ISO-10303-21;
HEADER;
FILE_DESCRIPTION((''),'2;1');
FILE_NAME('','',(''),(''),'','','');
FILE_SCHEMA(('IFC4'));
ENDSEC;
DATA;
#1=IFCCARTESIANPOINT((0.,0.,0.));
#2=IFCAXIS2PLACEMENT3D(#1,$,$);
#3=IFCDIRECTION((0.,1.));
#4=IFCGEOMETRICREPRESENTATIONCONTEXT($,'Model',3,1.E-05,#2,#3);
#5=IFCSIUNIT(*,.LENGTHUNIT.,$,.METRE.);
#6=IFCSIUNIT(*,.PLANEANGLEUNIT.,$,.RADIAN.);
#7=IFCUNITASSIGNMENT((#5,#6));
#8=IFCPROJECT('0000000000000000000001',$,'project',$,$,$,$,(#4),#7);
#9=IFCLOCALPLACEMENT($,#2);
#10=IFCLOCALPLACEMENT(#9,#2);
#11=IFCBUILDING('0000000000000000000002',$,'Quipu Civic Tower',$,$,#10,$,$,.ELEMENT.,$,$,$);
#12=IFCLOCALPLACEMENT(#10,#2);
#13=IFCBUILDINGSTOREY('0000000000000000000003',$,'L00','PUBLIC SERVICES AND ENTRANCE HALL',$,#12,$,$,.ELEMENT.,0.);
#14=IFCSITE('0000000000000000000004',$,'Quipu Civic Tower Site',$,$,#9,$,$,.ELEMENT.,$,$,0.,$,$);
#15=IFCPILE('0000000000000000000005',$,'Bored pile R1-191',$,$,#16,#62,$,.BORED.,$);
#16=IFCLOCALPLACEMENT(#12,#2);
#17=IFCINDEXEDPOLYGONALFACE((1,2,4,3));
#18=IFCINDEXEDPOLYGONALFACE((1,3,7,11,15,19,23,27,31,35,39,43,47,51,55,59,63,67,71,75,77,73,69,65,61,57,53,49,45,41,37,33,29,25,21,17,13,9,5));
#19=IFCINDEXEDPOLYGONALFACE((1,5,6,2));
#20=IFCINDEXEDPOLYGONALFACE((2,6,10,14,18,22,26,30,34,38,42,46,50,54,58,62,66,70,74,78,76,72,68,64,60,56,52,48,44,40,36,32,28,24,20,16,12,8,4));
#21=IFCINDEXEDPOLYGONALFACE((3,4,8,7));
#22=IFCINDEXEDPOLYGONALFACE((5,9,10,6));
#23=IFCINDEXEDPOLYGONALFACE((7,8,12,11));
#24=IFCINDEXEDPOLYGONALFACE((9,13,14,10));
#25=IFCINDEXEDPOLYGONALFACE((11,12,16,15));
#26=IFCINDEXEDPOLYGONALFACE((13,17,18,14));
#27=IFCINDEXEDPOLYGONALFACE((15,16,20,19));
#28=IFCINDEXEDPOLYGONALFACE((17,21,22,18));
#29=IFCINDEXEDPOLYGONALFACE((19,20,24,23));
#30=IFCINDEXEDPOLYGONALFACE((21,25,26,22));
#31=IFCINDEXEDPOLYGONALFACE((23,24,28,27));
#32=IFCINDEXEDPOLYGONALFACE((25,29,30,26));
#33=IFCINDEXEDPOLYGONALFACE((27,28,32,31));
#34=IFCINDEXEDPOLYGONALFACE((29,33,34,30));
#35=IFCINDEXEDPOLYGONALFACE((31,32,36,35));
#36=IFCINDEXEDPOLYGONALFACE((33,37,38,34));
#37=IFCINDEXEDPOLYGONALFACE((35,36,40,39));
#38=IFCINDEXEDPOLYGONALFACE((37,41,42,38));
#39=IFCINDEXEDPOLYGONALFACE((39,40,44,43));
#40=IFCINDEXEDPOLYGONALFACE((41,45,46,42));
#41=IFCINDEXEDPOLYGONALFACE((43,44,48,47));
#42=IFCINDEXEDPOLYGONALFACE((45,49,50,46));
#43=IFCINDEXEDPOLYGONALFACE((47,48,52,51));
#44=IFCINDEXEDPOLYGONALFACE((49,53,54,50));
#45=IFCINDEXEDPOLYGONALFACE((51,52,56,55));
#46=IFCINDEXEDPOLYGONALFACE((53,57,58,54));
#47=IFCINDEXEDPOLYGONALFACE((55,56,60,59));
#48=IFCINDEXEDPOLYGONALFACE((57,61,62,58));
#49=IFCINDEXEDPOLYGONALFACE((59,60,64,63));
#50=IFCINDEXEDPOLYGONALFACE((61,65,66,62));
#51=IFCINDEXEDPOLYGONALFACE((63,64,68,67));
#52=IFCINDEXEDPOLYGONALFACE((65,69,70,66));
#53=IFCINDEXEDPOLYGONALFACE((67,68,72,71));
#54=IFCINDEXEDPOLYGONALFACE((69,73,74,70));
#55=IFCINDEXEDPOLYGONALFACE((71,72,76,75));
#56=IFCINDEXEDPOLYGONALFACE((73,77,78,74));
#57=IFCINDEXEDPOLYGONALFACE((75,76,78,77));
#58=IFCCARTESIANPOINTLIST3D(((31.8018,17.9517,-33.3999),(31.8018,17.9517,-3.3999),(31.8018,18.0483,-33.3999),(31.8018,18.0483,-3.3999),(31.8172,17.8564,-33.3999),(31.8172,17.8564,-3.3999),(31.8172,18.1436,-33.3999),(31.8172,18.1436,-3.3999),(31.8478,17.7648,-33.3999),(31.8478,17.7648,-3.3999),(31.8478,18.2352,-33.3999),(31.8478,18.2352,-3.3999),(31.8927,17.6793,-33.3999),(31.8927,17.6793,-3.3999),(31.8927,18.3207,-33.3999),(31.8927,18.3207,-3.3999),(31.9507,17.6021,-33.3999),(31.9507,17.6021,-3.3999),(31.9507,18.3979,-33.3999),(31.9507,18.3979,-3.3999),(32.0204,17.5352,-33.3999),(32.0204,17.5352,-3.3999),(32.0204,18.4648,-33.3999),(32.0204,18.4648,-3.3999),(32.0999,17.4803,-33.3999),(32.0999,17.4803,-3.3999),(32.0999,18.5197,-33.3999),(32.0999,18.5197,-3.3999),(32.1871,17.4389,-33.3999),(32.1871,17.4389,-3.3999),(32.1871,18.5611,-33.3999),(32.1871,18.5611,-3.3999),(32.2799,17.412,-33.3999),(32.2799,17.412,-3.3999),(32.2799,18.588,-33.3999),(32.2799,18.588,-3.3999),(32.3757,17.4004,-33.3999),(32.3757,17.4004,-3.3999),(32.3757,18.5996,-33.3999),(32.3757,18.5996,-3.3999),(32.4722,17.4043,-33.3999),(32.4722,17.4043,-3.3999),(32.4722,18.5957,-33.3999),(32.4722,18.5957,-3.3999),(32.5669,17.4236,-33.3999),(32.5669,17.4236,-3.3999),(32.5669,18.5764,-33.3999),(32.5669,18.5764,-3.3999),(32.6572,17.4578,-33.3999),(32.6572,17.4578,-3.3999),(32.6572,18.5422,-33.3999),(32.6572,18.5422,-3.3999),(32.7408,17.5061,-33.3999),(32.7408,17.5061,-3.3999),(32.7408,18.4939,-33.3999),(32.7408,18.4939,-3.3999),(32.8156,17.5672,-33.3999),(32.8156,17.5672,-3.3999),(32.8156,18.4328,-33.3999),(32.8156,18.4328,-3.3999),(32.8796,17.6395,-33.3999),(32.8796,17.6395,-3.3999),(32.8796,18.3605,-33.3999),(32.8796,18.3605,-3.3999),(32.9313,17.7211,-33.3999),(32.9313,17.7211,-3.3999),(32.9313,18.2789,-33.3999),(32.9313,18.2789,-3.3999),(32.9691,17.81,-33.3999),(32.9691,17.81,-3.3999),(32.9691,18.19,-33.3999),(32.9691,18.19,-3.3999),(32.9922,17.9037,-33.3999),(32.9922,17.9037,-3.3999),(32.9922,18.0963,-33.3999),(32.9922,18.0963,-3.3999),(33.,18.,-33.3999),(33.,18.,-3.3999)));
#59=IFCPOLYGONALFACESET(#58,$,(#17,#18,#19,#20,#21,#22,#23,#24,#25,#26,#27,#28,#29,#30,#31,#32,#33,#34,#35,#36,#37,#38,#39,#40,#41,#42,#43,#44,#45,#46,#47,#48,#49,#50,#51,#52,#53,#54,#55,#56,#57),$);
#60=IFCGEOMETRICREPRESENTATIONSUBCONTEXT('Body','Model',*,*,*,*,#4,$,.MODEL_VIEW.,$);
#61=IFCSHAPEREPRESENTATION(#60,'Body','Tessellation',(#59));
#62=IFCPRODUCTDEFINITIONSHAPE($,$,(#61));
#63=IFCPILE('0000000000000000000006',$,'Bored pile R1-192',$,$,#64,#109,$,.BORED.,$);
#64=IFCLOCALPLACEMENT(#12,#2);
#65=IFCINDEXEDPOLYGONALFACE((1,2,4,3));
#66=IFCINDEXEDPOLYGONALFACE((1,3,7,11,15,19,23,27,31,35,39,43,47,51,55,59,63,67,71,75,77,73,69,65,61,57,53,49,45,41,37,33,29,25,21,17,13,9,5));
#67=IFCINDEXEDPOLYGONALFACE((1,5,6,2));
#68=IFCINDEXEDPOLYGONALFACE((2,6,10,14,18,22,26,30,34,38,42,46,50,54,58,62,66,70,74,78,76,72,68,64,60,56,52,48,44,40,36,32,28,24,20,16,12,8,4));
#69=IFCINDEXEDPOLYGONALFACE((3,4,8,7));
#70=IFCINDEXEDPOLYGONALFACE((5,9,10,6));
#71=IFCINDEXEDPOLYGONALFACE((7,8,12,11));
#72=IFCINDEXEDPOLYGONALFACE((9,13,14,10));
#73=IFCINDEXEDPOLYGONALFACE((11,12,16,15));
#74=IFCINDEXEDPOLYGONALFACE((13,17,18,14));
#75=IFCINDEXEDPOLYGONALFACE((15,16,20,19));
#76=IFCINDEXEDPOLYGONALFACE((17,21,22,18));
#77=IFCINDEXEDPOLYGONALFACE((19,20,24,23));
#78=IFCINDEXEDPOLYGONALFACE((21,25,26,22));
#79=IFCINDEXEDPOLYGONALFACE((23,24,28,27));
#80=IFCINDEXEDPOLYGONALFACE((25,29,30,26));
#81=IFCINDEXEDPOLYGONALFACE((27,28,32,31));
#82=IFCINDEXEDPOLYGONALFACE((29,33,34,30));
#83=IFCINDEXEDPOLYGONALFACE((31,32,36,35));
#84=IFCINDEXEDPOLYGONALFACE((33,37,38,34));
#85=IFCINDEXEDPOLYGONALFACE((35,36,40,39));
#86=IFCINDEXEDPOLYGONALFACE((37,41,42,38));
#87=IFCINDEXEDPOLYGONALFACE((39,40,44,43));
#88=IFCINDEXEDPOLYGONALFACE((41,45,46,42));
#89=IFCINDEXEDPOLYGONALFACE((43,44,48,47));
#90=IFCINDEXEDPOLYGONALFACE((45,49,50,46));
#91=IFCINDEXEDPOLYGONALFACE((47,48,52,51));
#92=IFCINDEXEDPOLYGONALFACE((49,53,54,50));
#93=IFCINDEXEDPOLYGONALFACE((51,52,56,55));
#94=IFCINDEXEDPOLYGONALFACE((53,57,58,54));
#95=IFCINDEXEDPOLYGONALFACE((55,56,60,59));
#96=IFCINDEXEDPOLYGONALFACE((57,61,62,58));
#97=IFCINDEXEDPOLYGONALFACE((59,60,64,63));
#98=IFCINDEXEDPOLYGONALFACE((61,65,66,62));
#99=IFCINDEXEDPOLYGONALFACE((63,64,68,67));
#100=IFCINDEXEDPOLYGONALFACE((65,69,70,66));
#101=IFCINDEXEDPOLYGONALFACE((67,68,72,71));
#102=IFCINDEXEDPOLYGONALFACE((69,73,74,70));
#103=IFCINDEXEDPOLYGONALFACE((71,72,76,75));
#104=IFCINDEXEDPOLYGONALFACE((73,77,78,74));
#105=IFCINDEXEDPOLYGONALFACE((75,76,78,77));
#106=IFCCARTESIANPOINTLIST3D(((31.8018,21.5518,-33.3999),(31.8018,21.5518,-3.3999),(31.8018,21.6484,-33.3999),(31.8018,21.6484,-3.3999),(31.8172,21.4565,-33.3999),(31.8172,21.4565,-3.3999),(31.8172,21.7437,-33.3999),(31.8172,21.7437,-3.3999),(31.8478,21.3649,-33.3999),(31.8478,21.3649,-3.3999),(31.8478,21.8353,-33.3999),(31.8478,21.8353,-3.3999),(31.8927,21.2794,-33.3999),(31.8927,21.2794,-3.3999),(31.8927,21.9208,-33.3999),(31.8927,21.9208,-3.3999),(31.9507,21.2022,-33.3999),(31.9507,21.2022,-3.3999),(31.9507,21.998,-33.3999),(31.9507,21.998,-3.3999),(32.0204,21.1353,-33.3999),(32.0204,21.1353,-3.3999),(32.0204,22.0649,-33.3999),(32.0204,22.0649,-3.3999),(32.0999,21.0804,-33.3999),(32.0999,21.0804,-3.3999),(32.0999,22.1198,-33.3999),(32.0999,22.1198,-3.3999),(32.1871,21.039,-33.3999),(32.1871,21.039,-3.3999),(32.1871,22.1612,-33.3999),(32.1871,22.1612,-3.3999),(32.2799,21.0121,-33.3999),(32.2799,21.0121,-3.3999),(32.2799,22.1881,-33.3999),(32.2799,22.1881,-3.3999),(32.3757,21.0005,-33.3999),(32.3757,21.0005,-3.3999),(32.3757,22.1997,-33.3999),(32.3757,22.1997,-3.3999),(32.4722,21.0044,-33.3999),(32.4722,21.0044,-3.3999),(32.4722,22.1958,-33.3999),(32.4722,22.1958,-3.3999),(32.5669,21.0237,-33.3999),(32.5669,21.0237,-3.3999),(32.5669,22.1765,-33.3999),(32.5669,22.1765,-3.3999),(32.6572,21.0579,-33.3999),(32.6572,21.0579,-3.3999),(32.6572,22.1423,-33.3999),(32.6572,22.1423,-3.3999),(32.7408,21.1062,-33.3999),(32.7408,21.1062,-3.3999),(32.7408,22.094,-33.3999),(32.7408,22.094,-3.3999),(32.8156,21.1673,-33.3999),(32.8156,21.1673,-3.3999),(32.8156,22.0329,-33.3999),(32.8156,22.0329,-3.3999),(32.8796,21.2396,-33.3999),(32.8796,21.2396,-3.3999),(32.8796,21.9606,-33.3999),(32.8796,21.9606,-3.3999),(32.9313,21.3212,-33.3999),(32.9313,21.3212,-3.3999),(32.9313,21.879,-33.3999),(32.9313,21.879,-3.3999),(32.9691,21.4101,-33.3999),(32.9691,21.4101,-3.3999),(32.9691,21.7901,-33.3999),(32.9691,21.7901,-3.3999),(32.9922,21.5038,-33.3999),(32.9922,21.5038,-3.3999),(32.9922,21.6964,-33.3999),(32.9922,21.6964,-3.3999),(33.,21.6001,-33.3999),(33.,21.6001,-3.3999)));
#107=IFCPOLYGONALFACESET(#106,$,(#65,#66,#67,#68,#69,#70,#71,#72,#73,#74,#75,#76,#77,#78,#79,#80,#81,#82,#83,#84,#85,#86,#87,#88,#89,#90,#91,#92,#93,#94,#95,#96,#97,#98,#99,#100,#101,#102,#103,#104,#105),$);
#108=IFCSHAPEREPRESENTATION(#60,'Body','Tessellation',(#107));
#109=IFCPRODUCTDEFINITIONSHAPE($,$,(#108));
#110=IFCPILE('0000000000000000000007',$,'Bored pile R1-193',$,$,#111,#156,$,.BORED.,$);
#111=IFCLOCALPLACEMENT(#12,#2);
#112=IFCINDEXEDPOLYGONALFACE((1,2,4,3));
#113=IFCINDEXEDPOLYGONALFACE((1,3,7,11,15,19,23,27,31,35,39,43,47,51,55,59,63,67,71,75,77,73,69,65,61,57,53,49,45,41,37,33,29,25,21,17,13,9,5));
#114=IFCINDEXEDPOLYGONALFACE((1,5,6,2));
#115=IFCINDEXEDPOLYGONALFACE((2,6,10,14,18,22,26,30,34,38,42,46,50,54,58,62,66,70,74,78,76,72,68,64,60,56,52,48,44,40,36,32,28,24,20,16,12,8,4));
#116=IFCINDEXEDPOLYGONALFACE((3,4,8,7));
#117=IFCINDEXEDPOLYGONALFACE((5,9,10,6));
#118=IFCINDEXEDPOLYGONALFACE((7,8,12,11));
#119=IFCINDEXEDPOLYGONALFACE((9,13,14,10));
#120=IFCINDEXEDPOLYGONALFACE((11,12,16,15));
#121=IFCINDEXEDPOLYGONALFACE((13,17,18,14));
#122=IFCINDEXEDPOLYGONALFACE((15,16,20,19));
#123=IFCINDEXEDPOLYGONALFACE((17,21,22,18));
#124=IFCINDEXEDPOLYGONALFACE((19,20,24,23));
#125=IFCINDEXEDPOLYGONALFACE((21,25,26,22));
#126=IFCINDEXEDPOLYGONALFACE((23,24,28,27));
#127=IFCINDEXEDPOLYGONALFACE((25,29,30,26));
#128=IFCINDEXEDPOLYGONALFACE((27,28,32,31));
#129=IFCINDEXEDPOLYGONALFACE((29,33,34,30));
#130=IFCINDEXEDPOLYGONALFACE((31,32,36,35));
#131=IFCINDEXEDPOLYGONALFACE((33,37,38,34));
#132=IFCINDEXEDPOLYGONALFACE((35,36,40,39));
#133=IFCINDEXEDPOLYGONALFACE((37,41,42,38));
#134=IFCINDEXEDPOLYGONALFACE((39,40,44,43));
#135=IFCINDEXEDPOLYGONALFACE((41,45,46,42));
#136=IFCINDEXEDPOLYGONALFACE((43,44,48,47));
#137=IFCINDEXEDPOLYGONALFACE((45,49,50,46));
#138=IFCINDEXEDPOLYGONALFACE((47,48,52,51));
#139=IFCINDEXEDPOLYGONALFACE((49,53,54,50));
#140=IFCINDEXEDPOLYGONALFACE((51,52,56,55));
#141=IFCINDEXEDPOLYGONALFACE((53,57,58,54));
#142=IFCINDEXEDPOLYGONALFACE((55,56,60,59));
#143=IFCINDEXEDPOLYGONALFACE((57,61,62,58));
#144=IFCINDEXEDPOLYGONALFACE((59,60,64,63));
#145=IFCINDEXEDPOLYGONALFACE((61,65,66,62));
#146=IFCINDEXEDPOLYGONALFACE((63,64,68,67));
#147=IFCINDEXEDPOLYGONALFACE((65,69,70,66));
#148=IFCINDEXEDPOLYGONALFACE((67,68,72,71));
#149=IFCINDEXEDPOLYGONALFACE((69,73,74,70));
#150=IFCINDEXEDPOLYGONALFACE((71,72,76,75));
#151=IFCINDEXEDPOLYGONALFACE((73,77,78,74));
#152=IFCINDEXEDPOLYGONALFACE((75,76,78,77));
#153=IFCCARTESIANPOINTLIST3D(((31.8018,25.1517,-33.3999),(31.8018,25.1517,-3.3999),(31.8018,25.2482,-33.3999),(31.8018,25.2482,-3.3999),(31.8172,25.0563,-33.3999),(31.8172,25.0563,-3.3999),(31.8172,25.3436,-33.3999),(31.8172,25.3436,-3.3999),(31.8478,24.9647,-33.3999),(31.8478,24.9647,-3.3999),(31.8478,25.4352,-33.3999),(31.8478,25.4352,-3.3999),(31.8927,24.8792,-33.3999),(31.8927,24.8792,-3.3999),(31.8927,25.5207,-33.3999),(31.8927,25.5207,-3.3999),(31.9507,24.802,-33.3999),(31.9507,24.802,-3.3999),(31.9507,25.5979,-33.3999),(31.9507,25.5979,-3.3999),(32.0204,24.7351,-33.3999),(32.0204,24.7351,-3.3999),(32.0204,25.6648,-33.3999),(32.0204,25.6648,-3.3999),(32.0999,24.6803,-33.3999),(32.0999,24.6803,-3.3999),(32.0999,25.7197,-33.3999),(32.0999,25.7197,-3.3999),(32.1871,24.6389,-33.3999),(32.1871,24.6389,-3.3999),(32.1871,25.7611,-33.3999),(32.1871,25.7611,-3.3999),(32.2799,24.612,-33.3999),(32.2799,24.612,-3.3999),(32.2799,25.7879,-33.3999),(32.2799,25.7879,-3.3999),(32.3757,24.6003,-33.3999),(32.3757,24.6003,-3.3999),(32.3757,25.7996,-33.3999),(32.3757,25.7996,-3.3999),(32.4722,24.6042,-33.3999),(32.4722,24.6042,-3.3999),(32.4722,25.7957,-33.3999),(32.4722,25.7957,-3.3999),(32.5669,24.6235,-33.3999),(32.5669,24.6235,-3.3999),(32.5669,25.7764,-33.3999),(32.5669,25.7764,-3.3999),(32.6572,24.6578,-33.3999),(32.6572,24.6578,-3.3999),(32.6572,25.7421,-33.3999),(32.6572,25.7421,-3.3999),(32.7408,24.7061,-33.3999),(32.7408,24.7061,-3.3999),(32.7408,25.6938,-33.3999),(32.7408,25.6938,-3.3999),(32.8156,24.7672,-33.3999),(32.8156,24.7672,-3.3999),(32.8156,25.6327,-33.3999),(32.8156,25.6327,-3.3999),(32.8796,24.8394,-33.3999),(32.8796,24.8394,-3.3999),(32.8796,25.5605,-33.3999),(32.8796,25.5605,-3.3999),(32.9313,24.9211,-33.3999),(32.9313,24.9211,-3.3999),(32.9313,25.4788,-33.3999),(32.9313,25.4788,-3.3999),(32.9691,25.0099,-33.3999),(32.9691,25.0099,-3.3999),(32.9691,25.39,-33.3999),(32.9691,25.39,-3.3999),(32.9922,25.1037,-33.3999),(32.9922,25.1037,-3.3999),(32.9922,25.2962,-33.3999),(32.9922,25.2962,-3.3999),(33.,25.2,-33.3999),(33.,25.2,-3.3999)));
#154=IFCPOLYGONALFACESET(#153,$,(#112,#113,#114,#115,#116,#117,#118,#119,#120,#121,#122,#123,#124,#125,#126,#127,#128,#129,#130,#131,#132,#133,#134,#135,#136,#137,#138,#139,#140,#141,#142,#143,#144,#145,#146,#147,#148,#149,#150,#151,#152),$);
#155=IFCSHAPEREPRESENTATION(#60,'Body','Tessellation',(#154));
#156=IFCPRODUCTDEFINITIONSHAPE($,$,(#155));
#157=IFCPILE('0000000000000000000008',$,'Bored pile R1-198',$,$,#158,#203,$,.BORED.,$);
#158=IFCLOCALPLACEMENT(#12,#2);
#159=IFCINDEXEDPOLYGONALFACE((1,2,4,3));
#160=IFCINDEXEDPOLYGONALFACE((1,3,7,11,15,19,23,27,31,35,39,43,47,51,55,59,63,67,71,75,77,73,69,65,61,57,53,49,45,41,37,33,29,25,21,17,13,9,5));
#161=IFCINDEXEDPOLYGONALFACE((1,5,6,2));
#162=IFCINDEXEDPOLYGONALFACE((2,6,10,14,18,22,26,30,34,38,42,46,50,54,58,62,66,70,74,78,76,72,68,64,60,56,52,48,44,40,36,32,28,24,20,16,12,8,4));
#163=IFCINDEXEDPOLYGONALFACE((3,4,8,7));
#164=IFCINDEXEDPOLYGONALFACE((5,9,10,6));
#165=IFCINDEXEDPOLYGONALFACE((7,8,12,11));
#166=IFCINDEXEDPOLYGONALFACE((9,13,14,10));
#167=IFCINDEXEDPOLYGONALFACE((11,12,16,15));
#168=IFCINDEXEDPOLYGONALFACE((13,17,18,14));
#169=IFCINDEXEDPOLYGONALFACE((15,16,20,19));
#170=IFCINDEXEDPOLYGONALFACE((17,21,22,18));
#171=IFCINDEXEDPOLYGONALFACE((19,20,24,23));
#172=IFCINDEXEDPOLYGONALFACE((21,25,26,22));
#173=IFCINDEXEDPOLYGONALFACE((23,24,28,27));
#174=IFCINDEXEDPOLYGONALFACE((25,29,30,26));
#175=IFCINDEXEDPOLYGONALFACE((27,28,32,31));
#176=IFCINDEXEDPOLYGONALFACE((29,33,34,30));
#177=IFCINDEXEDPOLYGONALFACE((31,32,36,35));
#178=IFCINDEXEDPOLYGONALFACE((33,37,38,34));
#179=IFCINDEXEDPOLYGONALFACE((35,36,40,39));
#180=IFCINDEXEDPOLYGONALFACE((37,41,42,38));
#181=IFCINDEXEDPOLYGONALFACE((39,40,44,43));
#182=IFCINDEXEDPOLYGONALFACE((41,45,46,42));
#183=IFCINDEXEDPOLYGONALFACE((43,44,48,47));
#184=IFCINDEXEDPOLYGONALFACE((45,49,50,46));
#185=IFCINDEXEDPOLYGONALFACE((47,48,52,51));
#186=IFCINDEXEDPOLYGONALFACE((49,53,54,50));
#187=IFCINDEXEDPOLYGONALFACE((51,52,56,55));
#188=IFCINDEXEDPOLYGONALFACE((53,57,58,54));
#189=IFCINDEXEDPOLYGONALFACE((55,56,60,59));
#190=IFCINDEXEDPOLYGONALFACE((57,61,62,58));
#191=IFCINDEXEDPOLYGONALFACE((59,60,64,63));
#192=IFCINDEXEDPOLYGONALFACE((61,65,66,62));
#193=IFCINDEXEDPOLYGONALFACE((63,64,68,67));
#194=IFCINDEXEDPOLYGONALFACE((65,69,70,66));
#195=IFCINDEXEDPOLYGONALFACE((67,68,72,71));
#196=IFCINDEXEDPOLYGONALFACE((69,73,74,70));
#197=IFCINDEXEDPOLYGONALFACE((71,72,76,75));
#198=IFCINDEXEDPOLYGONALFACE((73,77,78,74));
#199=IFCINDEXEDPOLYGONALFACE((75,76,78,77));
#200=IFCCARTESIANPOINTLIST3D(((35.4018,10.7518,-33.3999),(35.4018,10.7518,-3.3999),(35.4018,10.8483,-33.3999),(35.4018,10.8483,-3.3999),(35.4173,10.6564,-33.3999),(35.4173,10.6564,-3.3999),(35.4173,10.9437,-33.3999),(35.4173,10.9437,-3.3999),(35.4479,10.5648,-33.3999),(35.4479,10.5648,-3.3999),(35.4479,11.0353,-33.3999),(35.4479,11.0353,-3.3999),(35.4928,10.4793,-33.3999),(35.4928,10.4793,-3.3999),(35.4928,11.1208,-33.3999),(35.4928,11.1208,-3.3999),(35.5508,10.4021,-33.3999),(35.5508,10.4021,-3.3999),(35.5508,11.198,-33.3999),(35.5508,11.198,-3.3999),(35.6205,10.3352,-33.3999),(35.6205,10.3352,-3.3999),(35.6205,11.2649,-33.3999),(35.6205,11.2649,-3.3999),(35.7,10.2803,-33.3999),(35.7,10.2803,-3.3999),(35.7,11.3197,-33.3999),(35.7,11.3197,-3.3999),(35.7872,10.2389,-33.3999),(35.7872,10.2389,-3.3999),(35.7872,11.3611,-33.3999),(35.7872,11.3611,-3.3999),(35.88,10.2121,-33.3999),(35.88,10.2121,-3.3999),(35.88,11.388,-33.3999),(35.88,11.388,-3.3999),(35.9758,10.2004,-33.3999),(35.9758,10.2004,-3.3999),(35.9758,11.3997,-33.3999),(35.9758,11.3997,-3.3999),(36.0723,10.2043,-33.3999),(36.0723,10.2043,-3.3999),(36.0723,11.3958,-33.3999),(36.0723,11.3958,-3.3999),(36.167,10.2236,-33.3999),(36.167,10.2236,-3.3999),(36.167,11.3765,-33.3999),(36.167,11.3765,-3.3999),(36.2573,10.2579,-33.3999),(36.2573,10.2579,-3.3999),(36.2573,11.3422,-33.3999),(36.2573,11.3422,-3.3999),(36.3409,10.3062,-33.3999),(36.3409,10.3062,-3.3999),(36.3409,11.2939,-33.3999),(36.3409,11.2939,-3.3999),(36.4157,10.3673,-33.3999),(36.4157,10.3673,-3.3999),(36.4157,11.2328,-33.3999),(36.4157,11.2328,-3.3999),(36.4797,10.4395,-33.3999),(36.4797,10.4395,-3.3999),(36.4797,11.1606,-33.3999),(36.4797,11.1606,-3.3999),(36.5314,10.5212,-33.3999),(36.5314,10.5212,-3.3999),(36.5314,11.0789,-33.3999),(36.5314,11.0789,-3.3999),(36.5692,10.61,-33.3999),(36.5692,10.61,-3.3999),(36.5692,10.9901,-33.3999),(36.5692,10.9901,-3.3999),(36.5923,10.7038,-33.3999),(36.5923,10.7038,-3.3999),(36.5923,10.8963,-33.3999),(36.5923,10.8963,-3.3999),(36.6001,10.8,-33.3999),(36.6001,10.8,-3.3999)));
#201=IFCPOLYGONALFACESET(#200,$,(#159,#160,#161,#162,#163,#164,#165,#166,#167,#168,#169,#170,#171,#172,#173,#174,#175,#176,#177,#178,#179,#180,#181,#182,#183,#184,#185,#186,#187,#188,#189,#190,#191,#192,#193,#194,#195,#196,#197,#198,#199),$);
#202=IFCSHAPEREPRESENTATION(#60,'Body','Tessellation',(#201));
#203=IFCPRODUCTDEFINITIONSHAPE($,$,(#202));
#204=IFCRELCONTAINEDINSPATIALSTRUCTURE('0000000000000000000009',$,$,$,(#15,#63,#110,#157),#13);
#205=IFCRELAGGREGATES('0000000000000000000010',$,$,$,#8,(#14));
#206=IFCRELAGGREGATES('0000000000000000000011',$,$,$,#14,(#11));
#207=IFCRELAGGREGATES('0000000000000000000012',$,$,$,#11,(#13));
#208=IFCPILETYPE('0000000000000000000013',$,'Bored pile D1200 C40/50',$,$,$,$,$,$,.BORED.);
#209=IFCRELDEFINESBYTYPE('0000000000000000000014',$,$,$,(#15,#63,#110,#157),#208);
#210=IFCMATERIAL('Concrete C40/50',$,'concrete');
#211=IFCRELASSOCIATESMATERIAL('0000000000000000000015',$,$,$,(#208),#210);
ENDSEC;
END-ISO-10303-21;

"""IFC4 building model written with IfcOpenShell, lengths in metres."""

from ifc_helpers import new_model, si_unit, direction, frame, origin, origin_2d, place, context, subcontext, project, spatial, circle, extrude, material, material_profile, profile_set, type_object, element, save


model = new_model("IFC4")

# Units and contexts
model_context = context("Model", 3, precision=1e-05, world=origin(), true_north=direction((0.0, 1.0)))
body_context = subcontext(model_context, "Body", "Model", "MODEL_VIEW")
ifc_project = project(units=[si_unit("LENGTHUNIT", "METRE"), si_unit("PLANEANGLEUNIT", "RADIAN")], contexts=[model_context])

# Site, building, storey
site_placement = place(None, origin())
site = spatial("IfcSite", under=ifc_project, at=site_placement, Name="Quipu Civic Tower Site", CompositionType="ELEMENT", RefElevation=0.0)
building_placement = place(site_placement, origin())
building = spatial("IfcBuilding", under=site, at=building_placement, Name="Quipu Civic Tower", CompositionType="ELEMENT")
storey_placement = place(building_placement, origin())
storey = spatial("IfcBuildingStorey", under=building, at=storey_placement, Name="L00", Description="PUBLIC SERVICES AND ENTRANCE HALL", CompositionType="ELEMENT", Elevation=0.0)

# Piles
ifc_material_1 = material(Name="Concrete C40/50", Category="concrete")
ifc_material_profile_1 = material_profile(ifc_material_1, circle(Radius=0.6001, at=origin_2d()), Name="RCD1200")
ifc_profile_set_1 = profile_set([ifc_material_profile_1], Name="Concrete C40/50")
pile_type = type_object("IfcPileType", Name="Bored pile D1200 C40/50", PredefinedType="BORED", material=ifc_profile_set_1)
for number, where, z_axis, x_axis, name in (
    (1, (32.3999, 18.0, -3.3999), (0.0, 0.0, -1.0), (1.0, 0.0, 0.0), "Bored pile R1-191"),
    (2, (32.3999, 21.6001, -3.3999), (0.0, 0.0, -1.0), (1.0, 0.0, 0.0), "Bored pile R1-192"),
    (3, (32.3999, 25.2, -3.3999), (0.0, 0.0, -1.0), (1.0, 0.0, 0.0), "Bored pile R1-193"),
    (4, (36.0, 10.8, -3.3999), (0.0, 0.0, -1.0), (1.0, 0.0, 0.0), "Bored pile R1-198"),
):
    element("IfcPile", number, at=place(storey_placement, frame(where, z_axis=z_axis, x_axis=x_axis)), inside=storey, type_object=pile_type, Name=name, PredefinedType="BORED", context=body_context, shape_type="SweptSolid", body=[
        extrude(circle(Radius=0.6001, at=origin_2d()), origin(), (0.0, 0.0, 1.0), 30.0),
    ])

save(model, "model.ifc")
